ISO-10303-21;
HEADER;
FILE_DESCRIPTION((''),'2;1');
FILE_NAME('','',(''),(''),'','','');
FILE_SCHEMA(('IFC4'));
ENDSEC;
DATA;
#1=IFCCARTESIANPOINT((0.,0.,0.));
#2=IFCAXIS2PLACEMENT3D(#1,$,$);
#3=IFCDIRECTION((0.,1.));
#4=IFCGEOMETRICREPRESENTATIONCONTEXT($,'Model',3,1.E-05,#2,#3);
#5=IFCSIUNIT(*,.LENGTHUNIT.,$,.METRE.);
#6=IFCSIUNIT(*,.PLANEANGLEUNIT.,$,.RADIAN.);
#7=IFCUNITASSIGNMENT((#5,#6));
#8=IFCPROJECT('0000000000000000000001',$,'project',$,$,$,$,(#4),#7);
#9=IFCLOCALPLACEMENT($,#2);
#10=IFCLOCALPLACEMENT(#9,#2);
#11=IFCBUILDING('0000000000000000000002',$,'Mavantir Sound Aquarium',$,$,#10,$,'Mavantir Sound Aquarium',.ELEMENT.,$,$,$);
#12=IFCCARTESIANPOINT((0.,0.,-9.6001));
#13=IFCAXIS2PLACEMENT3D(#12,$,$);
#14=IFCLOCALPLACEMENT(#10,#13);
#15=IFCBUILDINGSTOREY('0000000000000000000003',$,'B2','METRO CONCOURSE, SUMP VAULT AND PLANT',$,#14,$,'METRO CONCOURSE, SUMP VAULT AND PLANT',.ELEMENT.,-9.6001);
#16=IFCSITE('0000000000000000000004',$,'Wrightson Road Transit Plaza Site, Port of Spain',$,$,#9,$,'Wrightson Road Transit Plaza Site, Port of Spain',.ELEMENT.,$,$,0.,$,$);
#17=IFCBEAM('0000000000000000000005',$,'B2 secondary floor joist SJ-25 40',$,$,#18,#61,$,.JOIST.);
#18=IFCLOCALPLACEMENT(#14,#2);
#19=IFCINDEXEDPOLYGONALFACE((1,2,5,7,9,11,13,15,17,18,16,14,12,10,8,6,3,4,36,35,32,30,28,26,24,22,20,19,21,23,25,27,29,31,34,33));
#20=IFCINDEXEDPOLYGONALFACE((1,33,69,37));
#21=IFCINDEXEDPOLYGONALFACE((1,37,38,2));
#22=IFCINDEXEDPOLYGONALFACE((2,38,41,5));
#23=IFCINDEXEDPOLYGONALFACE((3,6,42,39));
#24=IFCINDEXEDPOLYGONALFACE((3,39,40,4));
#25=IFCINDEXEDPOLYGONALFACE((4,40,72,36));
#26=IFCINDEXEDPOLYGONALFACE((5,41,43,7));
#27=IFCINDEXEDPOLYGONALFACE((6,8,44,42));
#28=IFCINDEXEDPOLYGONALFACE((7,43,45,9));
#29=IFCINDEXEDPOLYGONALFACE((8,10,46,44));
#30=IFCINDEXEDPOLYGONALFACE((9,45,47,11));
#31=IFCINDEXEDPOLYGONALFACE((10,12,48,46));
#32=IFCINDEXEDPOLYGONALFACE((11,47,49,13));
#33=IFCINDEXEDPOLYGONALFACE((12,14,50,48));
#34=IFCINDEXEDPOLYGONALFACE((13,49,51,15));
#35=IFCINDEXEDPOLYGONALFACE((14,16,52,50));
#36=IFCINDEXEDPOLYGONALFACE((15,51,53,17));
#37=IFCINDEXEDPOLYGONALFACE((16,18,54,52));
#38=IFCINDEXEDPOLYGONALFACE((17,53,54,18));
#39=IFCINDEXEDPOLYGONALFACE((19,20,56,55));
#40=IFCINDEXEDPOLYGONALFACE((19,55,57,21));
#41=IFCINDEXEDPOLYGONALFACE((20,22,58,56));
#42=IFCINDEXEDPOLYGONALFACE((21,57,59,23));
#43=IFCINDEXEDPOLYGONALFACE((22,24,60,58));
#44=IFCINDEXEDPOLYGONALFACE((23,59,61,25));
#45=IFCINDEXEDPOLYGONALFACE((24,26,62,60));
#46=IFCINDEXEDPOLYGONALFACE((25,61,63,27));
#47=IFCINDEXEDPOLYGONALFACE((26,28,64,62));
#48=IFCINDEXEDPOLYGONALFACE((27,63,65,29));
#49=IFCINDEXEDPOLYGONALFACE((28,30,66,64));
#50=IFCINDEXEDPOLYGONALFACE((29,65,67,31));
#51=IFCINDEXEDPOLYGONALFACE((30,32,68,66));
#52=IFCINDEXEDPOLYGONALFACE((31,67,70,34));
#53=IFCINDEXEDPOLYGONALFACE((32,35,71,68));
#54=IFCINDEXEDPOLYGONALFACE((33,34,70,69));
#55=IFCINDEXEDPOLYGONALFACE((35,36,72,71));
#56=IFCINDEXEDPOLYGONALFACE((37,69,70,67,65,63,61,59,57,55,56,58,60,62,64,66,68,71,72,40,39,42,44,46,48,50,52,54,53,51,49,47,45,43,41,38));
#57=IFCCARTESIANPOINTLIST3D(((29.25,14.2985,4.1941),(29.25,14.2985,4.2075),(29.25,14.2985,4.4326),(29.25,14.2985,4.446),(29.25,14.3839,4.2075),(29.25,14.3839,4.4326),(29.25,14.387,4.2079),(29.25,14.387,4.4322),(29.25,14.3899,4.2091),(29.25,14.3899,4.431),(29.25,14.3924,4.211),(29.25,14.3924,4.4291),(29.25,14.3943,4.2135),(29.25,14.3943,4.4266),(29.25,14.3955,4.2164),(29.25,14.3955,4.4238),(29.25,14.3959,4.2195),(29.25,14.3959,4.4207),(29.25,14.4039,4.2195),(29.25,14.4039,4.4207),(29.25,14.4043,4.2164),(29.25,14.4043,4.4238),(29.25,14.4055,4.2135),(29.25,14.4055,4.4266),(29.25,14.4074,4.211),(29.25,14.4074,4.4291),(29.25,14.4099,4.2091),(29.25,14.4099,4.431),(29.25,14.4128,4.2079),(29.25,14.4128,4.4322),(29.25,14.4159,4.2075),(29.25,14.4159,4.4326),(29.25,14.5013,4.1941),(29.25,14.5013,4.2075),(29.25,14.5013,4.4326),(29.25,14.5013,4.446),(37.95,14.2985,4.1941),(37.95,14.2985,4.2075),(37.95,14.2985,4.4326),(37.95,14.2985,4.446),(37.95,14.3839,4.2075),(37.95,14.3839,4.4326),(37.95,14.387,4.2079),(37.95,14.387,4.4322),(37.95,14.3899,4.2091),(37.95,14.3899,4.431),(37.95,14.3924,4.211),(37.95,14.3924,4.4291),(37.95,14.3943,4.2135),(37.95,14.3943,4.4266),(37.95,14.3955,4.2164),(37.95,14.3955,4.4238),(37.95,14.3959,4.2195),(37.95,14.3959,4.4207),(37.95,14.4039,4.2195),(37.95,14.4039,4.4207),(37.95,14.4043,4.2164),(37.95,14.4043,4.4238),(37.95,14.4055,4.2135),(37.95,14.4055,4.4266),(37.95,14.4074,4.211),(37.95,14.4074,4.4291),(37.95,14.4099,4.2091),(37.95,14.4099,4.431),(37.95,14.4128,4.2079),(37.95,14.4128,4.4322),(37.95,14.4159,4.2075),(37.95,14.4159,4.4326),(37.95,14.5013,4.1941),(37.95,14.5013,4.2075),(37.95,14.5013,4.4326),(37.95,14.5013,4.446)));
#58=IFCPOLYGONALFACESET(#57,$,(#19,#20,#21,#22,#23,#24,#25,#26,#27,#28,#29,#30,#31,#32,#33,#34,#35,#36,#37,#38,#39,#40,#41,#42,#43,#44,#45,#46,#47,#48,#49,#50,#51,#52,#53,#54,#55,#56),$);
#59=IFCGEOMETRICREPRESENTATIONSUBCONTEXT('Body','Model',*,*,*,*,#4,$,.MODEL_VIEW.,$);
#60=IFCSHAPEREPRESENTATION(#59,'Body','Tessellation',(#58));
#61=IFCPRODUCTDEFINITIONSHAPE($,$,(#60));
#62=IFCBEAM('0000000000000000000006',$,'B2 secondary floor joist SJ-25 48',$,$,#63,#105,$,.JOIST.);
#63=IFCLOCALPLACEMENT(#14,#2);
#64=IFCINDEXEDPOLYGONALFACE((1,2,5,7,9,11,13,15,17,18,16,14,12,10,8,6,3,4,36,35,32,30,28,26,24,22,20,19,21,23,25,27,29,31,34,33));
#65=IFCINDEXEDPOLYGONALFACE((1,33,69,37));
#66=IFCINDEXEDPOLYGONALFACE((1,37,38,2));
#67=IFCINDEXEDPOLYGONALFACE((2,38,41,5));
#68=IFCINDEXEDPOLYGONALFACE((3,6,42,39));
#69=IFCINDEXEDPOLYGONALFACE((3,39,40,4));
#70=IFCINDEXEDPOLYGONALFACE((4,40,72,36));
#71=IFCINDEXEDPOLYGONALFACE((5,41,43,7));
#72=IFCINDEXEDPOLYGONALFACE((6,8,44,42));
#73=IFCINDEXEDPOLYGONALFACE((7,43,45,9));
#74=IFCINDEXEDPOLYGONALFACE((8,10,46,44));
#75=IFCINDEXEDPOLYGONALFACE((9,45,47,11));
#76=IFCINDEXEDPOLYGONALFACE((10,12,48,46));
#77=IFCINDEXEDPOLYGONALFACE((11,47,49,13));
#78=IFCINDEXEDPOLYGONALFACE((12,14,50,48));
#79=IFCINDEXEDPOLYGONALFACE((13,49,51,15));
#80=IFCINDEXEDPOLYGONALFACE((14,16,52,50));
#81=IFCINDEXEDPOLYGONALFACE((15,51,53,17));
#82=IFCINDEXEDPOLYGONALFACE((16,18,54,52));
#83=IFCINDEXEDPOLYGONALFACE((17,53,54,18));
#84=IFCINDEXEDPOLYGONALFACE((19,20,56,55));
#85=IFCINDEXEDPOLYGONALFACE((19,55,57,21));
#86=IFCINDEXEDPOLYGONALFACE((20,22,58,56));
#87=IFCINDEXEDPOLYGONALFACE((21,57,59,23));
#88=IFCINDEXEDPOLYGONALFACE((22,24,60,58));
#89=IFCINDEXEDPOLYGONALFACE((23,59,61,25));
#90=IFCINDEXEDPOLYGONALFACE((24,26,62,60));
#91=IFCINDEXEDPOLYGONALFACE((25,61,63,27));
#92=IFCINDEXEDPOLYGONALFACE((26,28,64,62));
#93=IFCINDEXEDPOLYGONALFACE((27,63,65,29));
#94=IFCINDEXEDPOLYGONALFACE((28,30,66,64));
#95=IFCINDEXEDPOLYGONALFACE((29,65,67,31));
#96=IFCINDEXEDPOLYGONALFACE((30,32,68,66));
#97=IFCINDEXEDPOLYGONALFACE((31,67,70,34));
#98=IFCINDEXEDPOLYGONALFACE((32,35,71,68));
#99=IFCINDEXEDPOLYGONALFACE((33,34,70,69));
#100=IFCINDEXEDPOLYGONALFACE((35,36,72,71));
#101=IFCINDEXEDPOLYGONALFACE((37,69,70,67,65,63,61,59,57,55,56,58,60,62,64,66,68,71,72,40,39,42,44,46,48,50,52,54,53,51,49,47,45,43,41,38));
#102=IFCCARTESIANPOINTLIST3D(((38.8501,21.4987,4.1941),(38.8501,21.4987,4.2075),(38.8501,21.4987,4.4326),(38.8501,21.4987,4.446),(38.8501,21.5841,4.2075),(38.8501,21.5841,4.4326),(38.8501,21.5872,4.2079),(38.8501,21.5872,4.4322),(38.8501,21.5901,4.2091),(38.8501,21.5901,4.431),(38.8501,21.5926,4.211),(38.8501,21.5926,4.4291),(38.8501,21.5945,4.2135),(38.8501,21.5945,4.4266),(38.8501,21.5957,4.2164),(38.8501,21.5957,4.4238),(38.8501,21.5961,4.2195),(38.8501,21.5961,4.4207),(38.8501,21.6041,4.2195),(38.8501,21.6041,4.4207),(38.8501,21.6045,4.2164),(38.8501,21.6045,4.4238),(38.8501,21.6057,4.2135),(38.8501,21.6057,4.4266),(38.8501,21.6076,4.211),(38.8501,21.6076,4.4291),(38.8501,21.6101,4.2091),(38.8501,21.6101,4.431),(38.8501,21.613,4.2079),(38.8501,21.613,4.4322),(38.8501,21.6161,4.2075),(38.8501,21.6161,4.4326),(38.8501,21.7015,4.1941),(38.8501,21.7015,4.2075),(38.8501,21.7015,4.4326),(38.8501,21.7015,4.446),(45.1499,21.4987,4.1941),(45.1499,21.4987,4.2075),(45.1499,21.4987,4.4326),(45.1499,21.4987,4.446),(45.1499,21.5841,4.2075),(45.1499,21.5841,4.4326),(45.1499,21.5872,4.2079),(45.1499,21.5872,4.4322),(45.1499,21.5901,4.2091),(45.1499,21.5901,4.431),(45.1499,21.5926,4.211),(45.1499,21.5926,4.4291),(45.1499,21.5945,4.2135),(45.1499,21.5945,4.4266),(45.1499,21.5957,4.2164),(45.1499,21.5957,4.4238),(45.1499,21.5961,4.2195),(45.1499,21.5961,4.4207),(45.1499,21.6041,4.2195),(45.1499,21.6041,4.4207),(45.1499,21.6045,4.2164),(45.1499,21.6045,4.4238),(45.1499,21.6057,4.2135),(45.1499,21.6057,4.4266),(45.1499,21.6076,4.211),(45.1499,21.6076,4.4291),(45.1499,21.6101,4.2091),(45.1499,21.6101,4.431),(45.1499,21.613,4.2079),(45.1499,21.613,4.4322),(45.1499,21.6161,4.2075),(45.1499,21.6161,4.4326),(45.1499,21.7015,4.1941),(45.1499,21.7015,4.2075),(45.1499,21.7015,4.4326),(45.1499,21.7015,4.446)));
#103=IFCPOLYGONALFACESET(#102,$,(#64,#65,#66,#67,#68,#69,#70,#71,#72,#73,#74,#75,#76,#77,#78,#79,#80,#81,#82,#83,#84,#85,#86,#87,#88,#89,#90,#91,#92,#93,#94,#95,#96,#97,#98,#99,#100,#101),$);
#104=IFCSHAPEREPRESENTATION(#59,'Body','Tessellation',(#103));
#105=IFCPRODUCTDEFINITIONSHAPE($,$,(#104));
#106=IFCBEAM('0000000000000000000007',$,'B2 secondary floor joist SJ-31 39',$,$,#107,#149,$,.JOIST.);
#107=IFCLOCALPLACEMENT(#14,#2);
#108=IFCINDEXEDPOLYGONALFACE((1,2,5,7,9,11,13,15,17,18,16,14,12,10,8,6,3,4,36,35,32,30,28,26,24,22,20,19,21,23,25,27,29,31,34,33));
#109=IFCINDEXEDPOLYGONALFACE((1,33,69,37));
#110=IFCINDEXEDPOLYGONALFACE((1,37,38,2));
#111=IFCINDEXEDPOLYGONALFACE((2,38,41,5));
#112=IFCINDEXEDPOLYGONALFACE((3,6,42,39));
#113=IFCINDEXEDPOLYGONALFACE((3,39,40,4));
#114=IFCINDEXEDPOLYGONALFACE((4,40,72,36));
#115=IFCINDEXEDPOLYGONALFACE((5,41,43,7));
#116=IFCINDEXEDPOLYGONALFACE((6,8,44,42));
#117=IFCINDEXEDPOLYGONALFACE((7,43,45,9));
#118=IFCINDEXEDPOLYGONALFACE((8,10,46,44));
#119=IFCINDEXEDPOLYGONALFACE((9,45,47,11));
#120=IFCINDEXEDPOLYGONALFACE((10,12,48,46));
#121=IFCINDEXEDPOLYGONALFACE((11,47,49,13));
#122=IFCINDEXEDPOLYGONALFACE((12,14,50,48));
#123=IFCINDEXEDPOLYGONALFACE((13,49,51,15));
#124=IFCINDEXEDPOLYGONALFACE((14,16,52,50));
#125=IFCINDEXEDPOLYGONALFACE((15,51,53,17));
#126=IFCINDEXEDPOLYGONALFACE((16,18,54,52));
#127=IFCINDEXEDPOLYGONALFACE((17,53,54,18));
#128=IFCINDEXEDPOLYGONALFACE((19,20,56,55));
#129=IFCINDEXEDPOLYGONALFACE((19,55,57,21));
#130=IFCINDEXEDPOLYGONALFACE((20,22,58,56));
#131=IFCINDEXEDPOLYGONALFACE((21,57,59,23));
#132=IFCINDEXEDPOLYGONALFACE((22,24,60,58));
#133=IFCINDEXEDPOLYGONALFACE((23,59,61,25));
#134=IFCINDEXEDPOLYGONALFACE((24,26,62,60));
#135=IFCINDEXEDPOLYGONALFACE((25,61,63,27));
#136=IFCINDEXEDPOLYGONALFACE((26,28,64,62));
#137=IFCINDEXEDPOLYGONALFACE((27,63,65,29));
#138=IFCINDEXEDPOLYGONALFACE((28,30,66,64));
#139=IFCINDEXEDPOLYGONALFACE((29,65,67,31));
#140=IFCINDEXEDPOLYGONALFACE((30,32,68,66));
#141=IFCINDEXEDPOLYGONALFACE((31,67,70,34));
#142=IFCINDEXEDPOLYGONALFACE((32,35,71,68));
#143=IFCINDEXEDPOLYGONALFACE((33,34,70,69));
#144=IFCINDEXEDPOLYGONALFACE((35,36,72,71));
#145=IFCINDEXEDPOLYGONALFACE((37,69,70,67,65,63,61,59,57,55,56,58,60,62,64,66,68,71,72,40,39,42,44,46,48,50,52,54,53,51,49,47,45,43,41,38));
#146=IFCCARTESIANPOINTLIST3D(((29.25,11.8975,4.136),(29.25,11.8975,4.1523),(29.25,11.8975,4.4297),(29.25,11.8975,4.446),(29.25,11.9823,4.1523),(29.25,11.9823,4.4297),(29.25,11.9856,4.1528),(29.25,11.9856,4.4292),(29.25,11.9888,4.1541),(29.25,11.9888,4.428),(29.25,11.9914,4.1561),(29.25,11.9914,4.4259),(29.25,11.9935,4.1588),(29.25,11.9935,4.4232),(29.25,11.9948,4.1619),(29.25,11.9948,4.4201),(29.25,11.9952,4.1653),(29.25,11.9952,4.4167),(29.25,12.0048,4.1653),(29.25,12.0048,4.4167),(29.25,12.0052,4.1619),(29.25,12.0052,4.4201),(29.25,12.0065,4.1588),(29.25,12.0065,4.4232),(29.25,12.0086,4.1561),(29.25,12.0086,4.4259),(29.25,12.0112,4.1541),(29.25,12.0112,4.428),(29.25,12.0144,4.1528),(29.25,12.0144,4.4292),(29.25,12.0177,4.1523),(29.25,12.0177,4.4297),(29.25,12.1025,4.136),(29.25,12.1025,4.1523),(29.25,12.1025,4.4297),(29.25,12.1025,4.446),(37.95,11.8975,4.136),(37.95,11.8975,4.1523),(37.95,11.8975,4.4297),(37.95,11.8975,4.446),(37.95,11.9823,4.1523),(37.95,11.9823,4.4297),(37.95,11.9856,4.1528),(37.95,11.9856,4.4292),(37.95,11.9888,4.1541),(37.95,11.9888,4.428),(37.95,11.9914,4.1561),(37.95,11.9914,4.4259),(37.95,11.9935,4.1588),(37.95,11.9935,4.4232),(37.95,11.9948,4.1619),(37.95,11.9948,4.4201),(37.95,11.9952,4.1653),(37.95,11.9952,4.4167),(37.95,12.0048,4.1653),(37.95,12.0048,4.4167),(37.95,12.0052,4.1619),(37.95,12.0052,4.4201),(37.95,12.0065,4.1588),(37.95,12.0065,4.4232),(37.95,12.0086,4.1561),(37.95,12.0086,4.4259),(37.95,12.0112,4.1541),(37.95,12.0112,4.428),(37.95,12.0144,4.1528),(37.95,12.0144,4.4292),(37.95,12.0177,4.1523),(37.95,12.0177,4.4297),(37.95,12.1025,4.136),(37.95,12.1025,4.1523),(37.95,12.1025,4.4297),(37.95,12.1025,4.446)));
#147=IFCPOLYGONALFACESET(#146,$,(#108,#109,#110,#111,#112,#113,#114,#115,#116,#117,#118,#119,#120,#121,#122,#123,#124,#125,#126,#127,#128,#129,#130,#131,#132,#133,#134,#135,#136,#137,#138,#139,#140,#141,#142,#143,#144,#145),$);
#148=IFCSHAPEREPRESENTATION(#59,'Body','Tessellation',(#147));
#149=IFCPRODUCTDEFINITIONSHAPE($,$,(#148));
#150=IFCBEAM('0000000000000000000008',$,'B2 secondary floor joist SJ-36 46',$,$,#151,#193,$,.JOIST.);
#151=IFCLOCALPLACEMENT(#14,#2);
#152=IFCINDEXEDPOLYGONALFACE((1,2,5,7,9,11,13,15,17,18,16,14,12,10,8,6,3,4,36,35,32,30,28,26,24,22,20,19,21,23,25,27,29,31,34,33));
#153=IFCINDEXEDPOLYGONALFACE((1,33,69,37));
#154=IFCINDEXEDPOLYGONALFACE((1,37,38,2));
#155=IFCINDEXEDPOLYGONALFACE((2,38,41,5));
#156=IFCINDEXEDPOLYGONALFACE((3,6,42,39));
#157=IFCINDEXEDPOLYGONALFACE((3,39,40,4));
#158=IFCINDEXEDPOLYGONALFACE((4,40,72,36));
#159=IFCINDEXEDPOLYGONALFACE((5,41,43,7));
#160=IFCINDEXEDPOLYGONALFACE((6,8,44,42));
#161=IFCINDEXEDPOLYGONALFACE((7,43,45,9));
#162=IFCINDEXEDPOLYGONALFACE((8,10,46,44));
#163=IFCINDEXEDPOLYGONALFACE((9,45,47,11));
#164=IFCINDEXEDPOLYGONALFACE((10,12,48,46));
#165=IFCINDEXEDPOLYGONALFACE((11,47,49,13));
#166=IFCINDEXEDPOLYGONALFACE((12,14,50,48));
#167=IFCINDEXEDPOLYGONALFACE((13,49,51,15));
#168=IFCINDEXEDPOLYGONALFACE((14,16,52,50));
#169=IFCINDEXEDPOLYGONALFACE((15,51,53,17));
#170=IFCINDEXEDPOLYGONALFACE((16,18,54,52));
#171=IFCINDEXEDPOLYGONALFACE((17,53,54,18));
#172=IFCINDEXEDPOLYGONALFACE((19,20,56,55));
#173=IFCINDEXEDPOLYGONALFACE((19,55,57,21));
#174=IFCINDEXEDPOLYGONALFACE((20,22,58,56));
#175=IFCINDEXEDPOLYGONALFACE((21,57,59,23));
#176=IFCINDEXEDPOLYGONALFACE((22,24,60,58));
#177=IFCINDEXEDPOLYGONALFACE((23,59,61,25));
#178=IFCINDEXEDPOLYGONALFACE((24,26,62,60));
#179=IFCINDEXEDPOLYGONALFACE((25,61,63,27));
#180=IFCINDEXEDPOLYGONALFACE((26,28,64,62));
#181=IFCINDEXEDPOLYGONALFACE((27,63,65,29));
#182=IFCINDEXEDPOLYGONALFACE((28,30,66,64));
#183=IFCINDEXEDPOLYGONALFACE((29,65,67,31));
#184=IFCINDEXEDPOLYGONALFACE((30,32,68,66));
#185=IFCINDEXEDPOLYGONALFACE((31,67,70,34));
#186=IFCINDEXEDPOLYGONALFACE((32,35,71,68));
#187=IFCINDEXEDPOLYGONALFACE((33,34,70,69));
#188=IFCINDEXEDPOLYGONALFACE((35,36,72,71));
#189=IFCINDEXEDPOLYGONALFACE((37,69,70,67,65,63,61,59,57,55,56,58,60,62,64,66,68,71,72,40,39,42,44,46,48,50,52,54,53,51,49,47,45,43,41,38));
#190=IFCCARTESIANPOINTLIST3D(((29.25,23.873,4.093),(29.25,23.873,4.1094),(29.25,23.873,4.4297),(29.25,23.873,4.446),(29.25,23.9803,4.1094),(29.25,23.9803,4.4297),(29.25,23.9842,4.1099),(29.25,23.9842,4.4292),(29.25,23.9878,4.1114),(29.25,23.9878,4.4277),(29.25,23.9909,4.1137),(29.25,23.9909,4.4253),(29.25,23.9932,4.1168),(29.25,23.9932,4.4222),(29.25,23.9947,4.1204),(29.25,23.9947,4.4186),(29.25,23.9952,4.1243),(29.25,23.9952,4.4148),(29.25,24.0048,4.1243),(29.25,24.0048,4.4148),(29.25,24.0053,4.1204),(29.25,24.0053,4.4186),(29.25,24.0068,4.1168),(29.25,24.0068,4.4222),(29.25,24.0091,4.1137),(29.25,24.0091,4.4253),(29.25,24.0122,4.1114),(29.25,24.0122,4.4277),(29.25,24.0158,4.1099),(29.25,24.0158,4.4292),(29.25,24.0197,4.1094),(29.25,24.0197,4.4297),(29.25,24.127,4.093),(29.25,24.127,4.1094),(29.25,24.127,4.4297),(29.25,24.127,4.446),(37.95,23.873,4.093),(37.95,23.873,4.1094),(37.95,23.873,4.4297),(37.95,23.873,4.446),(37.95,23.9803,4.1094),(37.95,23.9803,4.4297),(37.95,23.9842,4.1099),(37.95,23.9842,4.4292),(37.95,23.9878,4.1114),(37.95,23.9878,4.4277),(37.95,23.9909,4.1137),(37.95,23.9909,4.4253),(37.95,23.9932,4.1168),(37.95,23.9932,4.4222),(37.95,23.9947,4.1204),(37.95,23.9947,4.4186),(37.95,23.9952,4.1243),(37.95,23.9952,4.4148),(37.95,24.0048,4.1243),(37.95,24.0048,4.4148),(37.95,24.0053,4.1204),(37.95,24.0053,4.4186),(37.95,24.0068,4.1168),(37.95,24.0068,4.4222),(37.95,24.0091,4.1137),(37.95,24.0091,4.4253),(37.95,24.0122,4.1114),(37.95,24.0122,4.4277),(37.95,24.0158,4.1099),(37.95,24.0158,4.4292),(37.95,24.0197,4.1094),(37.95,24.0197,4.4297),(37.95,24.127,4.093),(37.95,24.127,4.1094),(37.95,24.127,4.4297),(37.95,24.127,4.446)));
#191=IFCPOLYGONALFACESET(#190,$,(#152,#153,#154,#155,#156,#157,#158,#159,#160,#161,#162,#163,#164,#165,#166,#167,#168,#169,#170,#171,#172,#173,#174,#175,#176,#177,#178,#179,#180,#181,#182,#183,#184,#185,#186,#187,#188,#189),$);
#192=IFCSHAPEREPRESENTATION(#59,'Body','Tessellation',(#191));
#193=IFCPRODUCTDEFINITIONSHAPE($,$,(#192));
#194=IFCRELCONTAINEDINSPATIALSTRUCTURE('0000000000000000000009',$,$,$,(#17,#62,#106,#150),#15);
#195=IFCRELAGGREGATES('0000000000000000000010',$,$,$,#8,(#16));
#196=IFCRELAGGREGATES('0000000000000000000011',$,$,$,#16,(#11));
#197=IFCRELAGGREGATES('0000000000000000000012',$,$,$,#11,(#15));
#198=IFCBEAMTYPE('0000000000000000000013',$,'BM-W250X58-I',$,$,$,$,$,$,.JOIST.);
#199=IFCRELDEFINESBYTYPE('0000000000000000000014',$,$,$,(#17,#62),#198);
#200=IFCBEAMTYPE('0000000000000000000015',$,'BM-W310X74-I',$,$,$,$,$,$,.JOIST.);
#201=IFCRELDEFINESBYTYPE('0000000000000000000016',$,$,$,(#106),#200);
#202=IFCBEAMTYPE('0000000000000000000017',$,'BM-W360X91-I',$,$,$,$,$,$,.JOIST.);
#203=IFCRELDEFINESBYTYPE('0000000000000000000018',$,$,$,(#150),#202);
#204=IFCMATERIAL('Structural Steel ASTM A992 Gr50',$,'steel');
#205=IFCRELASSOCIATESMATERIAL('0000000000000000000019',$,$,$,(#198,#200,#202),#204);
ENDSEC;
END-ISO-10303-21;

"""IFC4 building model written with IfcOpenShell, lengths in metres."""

from ifc_helpers import new_model, si_unit, direction, frame, origin, origin_2d, place, context, subcontext, project, spatial, i_section, extrude, material, material_profile, profile_set, type_object, element, save


model = new_model("IFC4")

# Units and contexts
model_context = context("Model", 3, precision=1e-05, world=origin(), true_north=direction((0.0, 1.0)))
body_context = subcontext(model_context, "Body", "Model", "MODEL_VIEW")
ifc_project = project(units=[si_unit("LENGTHUNIT", "METRE"), si_unit("PLANEANGLEUNIT", "RADIAN")], contexts=[model_context])

# Site, building, storey
site_placement = place(None, origin())
site = spatial("IfcSite", under=ifc_project, at=site_placement, Name="Wrightson Road Transit Plaza Site, Port of Spain", LongName="Wrightson Road Transit Plaza Site, Port of Spain", CompositionType="ELEMENT", RefElevation=0.0)
building_placement = place(site_placement, origin())
building = spatial("IfcBuilding", under=site, at=building_placement, Name="Mavantir Sound Aquarium", LongName="Mavantir Sound Aquarium", CompositionType="ELEMENT")
storey_placement = place(building_placement, frame((0.0, 0.0, -9.6001)))
storey = spatial("IfcBuildingStorey", under=building, at=storey_placement, Name="B2", Description="METRO CONCOURSE, SUMP VAULT AND PLANT", LongName="METRO CONCOURSE, SUMP VAULT AND PLANT", CompositionType="ELEMENT", Elevation=-9.6001)

# Beams
ifc_material_1 = material(Name="Structural Steel ASTM A992 Gr50", Category="steel")
ifc_material_profile_1 = material_profile(ifc_material_1, i_section(OverallWidth=0.2029, OverallDepth=0.252, WebThickness=0.0081, FlangeThickness=0.0134, FilletRadius=0.012, at=origin_2d()), Name="W250X58")
ifc_profile_set_1 = profile_set([ifc_material_profile_1], Name="Structural Steel ASTM A992 Gr50")
beam_type_1 = type_object("IfcBeamType", Name="BM-W250X58-I", PredefinedType="JOIST", material=ifc_profile_set_1)
beam_1_placement = place(storey_placement, frame((29.25, 14.3999, 4.3201), z_axis=(1.0, 0.0, 0.0), x_axis=(0.0, 1.0, 0.0)))
element("IfcBeam", 1, at=beam_1_placement, inside=storey, type_object=beam_type_1, Name="B2 secondary floor joist SJ-25 40", PredefinedType="JOIST", context=body_context, shape_type="SweptSolid", body=[
    extrude(i_section(OverallWidth=0.2029, OverallDepth=0.252, WebThickness=0.0081, FlangeThickness=0.0134, FilletRadius=0.012, at=origin_2d()), origin(), (0.0, 0.0, 1.0), 8.7),
])
beam_2_placement = place(storey_placement, frame((38.8501, 21.6001, 4.3201), z_axis=(1.0, 0.0, 0.0), x_axis=(0.0, 1.0, 0.0)))
element("IfcBeam", 2, at=beam_2_placement, inside=storey, type_object=beam_type_1, Name="B2 secondary floor joist SJ-25 48", PredefinedType="JOIST", context=body_context, shape_type="SweptSolid", body=[
    extrude(i_section(OverallWidth=0.2029, OverallDepth=0.252, WebThickness=0.0081, FlangeThickness=0.0134, FilletRadius=0.012, at=origin_2d()), origin(), (0.0, 0.0, 1.0), 6.2998),
])
ifc_material_profile_2 = material_profile(ifc_material_1, i_section(OverallWidth=0.2051, OverallDepth=0.3101, WebThickness=0.0095, FlangeThickness=0.0164, FilletRadius=0.0129, at=origin_2d()), Name="W310X74")
ifc_profile_set_2 = profile_set([ifc_material_profile_2], Name="Structural Steel ASTM A992 Gr50")
beam_type_2 = type_object("IfcBeamType", Name="BM-W310X74-I", PredefinedType="JOIST", material=ifc_profile_set_2)
beam_3_placement = place(storey_placement, frame((29.25, 12.0, 4.291), z_axis=(1.0, 0.0, 0.0), x_axis=(0.0, 1.0, 0.0)))
element("IfcBeam", 3, at=beam_3_placement, inside=storey, type_object=beam_type_2, Name="B2 secondary floor joist SJ-31 39", PredefinedType="JOIST", context=body_context, shape_type="SweptSolid", body=[
    extrude(i_section(OverallWidth=0.2051, OverallDepth=0.3101, WebThickness=0.0095, FlangeThickness=0.0164, FilletRadius=0.0129, at=origin_2d()), origin(), (0.0, 0.0, 1.0), 8.7),
])
ifc_material_profile_3 = material_profile(ifc_material_1, i_section(OverallWidth=0.2539, OverallDepth=0.353, WebThickness=0.0095, FlangeThickness=0.0164, FilletRadius=0.0149, at=origin_2d()), Name="W360X91")
ifc_profile_set_3 = profile_set([ifc_material_profile_3], Name="Structural Steel ASTM A992 Gr50")
beam_type_3 = type_object("IfcBeamType", Name="BM-W360X91-I", PredefinedType="JOIST", material=ifc_profile_set_3)
beam_4_placement = place(storey_placement, frame((29.25, 24.0, 4.2695), z_axis=(1.0, 0.0, 0.0), x_axis=(0.0, 1.0, 0.0)))
element("IfcBeam", 4, at=beam_4_placement, inside=storey, type_object=beam_type_3, Name="B2 secondary floor joist SJ-36 46", PredefinedType="JOIST", context=body_context, shape_type="SweptSolid", body=[
    extrude(i_section(OverallWidth=0.2539, OverallDepth=0.353, WebThickness=0.0095, FlangeThickness=0.0164, FilletRadius=0.0149, at=origin_2d()), origin(), (0.0, 0.0, 1.0), 8.7),
])

save(model, "model.ifc")
